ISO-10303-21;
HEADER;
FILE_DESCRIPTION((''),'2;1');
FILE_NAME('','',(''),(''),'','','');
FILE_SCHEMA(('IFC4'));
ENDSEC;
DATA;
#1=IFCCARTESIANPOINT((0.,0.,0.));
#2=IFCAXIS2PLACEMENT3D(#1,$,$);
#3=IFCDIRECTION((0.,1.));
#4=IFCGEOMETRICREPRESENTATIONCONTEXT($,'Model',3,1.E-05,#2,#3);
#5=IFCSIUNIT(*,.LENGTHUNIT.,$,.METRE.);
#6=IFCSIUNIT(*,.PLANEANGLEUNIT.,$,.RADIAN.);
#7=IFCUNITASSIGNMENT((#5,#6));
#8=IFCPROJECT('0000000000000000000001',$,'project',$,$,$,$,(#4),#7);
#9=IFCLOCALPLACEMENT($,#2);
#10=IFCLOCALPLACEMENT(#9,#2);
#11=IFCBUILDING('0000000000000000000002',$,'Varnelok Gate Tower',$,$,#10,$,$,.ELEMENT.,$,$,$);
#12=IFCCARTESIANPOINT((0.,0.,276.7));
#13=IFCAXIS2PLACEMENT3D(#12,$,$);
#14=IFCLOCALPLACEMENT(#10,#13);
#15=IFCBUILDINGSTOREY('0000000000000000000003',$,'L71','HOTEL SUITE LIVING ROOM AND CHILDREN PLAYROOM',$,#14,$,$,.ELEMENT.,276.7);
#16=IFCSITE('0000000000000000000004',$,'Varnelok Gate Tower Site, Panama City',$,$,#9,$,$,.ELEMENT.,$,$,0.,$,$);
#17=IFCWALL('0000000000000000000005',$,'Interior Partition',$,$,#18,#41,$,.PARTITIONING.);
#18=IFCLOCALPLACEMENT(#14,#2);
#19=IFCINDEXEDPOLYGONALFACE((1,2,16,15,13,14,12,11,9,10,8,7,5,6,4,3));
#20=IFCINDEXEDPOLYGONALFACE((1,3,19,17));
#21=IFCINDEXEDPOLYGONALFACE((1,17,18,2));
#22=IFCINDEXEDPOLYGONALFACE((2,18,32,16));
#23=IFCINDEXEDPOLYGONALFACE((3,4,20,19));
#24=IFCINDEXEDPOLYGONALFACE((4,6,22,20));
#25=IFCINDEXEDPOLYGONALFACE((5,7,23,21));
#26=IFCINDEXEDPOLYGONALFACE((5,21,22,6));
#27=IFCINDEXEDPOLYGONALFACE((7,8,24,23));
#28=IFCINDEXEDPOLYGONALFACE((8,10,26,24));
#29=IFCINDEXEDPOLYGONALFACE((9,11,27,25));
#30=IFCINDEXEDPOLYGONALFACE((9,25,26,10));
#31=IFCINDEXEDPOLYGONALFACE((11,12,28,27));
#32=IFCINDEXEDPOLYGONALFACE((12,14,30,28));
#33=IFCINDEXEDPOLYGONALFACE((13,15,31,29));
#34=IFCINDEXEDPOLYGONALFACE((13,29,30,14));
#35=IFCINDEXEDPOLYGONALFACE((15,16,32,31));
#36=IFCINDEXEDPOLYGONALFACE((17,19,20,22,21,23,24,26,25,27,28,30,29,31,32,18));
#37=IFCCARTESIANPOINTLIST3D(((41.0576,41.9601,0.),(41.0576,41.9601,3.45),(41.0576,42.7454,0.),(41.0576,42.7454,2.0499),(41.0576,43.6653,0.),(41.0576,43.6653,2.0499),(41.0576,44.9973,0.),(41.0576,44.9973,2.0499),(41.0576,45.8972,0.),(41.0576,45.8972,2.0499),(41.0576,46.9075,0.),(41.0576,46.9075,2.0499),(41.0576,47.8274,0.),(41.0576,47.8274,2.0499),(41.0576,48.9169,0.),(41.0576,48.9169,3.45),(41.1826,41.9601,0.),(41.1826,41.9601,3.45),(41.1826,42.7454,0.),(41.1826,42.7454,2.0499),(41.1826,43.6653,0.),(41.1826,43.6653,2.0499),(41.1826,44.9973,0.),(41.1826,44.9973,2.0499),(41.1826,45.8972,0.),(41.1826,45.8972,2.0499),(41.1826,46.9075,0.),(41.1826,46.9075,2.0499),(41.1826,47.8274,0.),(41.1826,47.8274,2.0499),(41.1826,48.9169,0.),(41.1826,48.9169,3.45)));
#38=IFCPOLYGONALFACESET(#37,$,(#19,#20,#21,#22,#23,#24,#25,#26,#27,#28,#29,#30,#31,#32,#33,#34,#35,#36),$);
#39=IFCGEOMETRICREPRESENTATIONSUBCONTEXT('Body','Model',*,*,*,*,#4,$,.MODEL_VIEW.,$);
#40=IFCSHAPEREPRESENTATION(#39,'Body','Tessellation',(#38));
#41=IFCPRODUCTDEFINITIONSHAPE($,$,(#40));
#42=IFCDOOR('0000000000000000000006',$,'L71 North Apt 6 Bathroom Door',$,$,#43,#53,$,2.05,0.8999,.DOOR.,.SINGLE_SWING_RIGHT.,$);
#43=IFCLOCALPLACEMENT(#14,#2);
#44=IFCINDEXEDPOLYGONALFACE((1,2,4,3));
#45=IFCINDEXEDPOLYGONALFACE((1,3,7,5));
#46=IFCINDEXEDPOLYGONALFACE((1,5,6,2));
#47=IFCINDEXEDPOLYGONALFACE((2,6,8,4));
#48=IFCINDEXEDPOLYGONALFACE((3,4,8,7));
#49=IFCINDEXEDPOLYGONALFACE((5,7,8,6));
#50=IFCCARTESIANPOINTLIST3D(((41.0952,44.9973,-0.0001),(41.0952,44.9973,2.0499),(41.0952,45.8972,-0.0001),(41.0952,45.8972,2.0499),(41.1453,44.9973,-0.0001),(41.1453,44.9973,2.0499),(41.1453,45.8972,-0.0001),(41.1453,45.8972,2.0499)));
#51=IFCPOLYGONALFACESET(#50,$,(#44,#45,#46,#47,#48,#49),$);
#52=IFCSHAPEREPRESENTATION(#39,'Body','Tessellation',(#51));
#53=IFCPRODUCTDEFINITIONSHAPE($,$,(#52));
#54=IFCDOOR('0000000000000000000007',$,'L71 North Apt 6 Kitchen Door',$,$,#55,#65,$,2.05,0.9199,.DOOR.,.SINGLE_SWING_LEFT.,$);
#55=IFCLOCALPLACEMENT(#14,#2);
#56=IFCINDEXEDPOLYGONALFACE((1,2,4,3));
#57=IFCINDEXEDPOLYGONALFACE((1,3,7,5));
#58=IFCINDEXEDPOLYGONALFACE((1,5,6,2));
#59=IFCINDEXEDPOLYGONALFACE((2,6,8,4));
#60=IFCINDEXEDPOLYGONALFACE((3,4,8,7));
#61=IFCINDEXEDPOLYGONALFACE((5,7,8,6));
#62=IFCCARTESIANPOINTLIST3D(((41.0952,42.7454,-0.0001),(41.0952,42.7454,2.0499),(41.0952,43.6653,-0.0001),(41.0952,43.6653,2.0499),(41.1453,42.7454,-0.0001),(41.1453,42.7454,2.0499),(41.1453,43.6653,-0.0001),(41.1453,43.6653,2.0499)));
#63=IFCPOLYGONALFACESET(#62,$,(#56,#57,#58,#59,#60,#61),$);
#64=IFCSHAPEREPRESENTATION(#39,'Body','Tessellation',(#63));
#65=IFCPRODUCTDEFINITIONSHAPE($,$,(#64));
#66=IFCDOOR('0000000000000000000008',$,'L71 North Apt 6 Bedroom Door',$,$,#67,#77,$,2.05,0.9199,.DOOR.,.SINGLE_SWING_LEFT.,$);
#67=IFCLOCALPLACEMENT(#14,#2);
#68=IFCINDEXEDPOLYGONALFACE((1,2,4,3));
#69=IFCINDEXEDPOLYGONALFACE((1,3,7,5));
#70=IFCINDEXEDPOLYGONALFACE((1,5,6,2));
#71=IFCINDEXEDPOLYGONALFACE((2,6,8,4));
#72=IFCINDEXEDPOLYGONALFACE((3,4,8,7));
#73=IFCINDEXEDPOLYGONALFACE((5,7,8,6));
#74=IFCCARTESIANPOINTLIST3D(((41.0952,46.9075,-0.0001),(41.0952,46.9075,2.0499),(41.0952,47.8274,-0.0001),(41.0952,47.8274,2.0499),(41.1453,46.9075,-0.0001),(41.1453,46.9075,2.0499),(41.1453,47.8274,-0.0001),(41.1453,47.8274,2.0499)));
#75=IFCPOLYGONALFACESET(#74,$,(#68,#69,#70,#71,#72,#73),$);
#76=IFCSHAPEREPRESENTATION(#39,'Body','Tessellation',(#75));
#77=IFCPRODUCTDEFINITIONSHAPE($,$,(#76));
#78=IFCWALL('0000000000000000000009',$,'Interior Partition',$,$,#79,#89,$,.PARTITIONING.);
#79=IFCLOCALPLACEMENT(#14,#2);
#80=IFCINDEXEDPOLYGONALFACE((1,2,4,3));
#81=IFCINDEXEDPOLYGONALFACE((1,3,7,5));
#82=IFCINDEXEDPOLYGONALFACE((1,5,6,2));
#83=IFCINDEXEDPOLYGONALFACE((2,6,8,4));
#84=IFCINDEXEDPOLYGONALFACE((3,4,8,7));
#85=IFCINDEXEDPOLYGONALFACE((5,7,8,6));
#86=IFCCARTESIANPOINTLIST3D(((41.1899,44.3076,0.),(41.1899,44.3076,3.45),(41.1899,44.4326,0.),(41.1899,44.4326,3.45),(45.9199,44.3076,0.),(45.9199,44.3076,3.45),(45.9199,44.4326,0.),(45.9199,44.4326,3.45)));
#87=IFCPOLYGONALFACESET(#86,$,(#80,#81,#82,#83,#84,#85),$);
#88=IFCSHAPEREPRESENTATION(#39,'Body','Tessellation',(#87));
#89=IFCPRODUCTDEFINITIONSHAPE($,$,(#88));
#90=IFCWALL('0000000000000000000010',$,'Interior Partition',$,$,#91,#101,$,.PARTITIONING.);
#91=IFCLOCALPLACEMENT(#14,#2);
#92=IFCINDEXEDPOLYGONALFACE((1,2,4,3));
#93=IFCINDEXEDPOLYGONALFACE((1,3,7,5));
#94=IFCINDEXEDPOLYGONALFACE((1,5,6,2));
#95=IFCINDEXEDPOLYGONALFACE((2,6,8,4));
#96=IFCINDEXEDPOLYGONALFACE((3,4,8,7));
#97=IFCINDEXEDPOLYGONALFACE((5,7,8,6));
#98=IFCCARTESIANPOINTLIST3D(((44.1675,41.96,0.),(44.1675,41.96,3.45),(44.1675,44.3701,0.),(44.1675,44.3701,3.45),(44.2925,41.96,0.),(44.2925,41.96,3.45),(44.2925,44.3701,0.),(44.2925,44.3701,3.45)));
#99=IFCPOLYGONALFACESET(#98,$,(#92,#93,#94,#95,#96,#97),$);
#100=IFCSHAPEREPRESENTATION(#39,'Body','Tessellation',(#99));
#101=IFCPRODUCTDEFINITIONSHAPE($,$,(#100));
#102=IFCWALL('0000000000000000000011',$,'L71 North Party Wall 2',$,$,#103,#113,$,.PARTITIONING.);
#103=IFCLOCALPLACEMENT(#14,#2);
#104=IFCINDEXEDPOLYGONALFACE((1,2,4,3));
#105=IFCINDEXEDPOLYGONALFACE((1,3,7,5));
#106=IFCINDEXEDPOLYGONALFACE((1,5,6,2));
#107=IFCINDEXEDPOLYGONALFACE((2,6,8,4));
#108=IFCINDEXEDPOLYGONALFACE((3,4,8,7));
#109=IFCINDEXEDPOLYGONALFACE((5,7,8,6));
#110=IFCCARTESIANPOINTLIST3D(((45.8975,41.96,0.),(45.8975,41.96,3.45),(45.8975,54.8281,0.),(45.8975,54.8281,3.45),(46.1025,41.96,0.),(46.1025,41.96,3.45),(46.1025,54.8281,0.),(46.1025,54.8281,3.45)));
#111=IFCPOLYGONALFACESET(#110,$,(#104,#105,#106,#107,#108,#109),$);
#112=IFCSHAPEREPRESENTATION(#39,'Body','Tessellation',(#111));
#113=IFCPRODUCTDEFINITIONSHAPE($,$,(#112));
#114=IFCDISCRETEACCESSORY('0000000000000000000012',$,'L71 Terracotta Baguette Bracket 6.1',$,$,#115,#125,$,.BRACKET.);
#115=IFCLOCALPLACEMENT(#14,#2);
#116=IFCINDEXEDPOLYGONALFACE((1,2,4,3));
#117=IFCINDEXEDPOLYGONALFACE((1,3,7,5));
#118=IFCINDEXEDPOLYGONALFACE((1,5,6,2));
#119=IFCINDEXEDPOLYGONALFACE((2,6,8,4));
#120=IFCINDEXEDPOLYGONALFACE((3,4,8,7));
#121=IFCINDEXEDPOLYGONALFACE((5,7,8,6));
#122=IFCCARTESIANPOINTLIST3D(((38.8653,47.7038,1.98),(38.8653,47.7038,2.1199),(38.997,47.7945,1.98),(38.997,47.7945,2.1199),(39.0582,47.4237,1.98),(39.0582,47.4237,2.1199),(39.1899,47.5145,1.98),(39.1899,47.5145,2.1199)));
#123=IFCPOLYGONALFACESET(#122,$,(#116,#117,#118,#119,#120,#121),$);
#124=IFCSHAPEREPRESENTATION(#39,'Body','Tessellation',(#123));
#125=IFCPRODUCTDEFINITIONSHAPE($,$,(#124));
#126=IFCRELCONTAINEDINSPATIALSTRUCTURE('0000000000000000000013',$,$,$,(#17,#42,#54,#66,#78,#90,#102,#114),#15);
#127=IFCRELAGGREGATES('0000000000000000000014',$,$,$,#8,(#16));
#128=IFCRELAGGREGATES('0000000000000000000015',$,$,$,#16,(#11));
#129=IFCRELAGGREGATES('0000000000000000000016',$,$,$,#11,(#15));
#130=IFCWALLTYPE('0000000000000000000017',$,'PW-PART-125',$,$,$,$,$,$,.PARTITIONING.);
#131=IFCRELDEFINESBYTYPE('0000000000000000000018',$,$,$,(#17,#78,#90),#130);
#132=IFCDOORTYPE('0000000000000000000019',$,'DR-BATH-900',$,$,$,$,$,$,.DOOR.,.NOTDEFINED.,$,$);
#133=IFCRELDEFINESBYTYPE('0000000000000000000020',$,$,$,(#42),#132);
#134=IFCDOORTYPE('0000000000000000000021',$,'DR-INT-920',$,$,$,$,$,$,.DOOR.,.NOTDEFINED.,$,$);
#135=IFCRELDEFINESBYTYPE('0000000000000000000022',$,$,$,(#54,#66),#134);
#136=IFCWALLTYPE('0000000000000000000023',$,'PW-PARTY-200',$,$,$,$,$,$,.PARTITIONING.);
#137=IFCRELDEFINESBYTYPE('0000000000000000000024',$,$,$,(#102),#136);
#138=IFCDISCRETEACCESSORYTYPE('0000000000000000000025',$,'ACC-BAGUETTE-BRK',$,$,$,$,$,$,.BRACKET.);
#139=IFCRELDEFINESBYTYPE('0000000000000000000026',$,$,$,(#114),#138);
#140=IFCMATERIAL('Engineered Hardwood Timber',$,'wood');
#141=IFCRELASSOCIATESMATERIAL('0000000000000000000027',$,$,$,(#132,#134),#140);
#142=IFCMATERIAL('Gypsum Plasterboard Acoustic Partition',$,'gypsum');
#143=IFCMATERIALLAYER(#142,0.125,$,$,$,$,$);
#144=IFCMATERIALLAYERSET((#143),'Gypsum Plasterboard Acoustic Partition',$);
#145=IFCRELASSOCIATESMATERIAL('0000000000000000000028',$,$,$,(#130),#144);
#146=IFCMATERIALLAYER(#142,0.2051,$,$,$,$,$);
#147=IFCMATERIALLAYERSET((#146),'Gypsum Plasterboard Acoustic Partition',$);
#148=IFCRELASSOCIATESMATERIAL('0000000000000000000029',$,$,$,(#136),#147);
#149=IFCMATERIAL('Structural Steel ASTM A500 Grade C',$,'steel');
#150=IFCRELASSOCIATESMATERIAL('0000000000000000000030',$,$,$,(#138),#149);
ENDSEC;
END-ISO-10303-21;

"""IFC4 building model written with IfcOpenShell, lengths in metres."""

from ifc_helpers import new_model, si_unit, direction, frame, frame_2d, origin, origin_2d, place, context, subcontext, project, spatial, rectangle, extrude, source, transform, mapped, material, layer, layer_set, type_object, element, fill, save


model = new_model("IFC4")

# Units and contexts
model_context = context("Model", 3, precision=1e-05, world=origin(), true_north=direction((0.0, 1.0)))
body_context = subcontext(model_context, "Body", "Model", "MODEL_VIEW")
ifc_project = project(units=[si_unit("LENGTHUNIT", "METRE"), si_unit("PLANEANGLEUNIT", "RADIAN")], contexts=[model_context])

# Site, building, storey
site_placement = place(None, origin())
site = spatial("IfcSite", under=ifc_project, at=site_placement, Name="Varnelok Gate Tower Site, Panama City", CompositionType="ELEMENT", RefElevation=0.0)
building_placement = place(site_placement, origin())
building = spatial("IfcBuilding", under=site, at=building_placement, Name="Varnelok Gate Tower", CompositionType="ELEMENT")
storey_placement = place(building_placement, frame((0.0, 0.0, 276.7)))
storey = spatial("IfcBuildingStorey", under=building, at=storey_placement, Name="L71", Description="HOTEL SUITE LIVING ROOM AND CHILDREN PLAYROOM", CompositionType="ELEMENT", Elevation=276.7)

# Shared definitions
ifc_material_1 = material(Name="Gypsum Plasterboard Acoustic Partition", Category="gypsum")
ifc_material_2 = material(Name="Engineered Hardwood Timber", Category="wood")

# Shared definitions
door_type_1 = type_object("IfcDoorType", Name="DR-BATH-900", OperationType="NOTDEFINED", PredefinedType="DOOR", material=ifc_material_2)

# Wall, openings, doors
ifc_layer_1 = layer(ifc_material_1, 0.125)
ifc_layer_set_1 = layer_set([ifc_layer_1], Name="Gypsum Plasterboard Acoustic Partition")
wall_type_1 = type_object("IfcWallType", Name="PW-PART-125", PredefinedType="PARTITIONING", material=ifc_layer_set_1)
wall_1_placement = place(storey_placement, frame((41.1201, 41.96, 0.0), z_axis=(0.0, 0.0, 1.0), x_axis=(0.0, 1.0, 0.0)))
wall_1 = element("IfcWall", 1, at=wall_1_placement, inside=storey, type_object=wall_type_1, Name="Interior Partition", PredefinedType="PARTITIONING", context=body_context, shape_type="SweptSolid", body=[
    extrude(rectangle(XDim=6.9568, YDim=0.125, at=frame_2d((3.4785, 0.0))), origin(), (0.0, 0.0, 1.0), 3.45),
])
opening_1_placement = place(wall_1_placement, frame((0.7854, 0.0, 0.0)))
opening_1 = element("IfcOpeningElement", 2, at=opening_1_placement, cuts=wall_1, PredefinedType="OPENING", context=body_context, shape_type="SweptSolid", body=[
    extrude(rectangle(XDim=0.9199, YDim=2.05, at=frame_2d((0.46, 1.0249))), frame((0.0, 0.0725, 0.0), z_axis=(0.0, -1.0, 0.0), x_axis=(1.0, 0.0, 0.0)), (0.0, 0.0, 1.0), 0.145),
])
opening_2_placement = place(wall_1_placement, frame((3.0374, 0.0, 0.0)))
opening_2 = element("IfcOpeningElement", 3, at=opening_2_placement, cuts=wall_1, PredefinedType="OPENING", context=body_context, shape_type="SweptSolid", body=[
    extrude(rectangle(XDim=0.8999, YDim=2.05, at=frame_2d((0.45, 1.0249))), frame((0.0, 0.0725, 0.0), z_axis=(0.0, -1.0, 0.0), x_axis=(1.0, 0.0, 0.0)), (0.0, 0.0, 1.0), 0.145),
])
opening_3_placement = place(wall_1_placement, frame((4.9475, 0.0, 0.0)))
opening_3 = element("IfcOpeningElement", 4, at=opening_3_placement, cuts=wall_1, PredefinedType="OPENING", context=body_context, shape_type="SweptSolid", body=[
    extrude(rectangle(XDim=0.9199, YDim=2.05, at=frame_2d((0.46, 1.0249))), frame((0.0, 0.0725, 0.0), z_axis=(0.0, -1.0, 0.0), x_axis=(1.0, 0.0, 0.0)), (0.0, 0.0, 1.0), 0.145),
])
door_1_placement = place(opening_2_placement, origin())
door_1 = element("IfcDoor", 5, at=door_1_placement, inside=storey, type_object=door_type_1, Name="L71 North Apt 6 Bathroom Door", OperationType="SINGLE_SWING_RIGHT", OverallHeight=2.05, OverallWidth=0.8999, PredefinedType="DOOR", context=body_context, shape_type="SweptSolid", body=[
    extrude(rectangle(XDim=0.8999, YDim=2.05, at=frame_2d((0.45, 1.0249))), frame((0.0, 0.0249, 0.0), z_axis=(0.0, -1.0, 0.0), x_axis=(1.0, 0.0, 0.0)), (0.0, 0.0, 1.0), 0.05),
])
fill(opening_2, door_1)
door_type_2 = type_object("IfcDoorType", Name="DR-INT-920", OperationType="NOTDEFINED", PredefinedType="DOOR", material=ifc_material_2)
door_2_placement = place(opening_1_placement, origin())
door_2 = element("IfcDoor", 6, at=door_2_placement, inside=storey, type_object=door_type_2, Name="L71 North Apt 6 Kitchen Door", OperationType="SINGLE_SWING_LEFT", OverallHeight=2.05, OverallWidth=0.9199, PredefinedType="DOOR", context=body_context, shape_type="SweptSolid", body=[
    extrude(rectangle(XDim=0.9199, YDim=2.05, at=frame_2d((0.46, 1.0249))), frame((0.0, 0.0249, 0.0), z_axis=(0.0, -1.0, 0.0), x_axis=(1.0, 0.0, 0.0)), (0.0, 0.0, 1.0), 0.05),
])
fill(opening_1, door_2)
door_3_placement = place(opening_3_placement, origin())
door_3 = element("IfcDoor", 7, at=door_3_placement, inside=storey, type_object=door_type_2, Name="L71 North Apt 6 Bedroom Door", OperationType="SINGLE_SWING_LEFT", OverallHeight=2.05, OverallWidth=0.9199, PredefinedType="DOOR", context=body_context, shape_type="SweptSolid", body=[
    extrude(rectangle(XDim=0.9199, YDim=2.05, at=frame_2d((0.46, 1.0249))), frame((0.0, 0.0249, 0.0), z_axis=(0.0, -1.0, 0.0), x_axis=(1.0, 0.0, 0.0)), (0.0, 0.0, 1.0), 0.05),
])
fill(opening_3, door_3)

# Walls
wall_2_placement = place(storey_placement, frame((41.1899, 44.3701, 0.0), z_axis=(0.0, 0.0, 1.0), x_axis=(1.0, 0.0, 0.0)))
element("IfcWall", 8, at=wall_2_placement, inside=storey, type_object=wall_type_1, Name="Interior Partition", PredefinedType="PARTITIONING", context=body_context, shape_type="SweptSolid", body=[
    extrude(rectangle(XDim=4.73, YDim=0.125, at=frame_2d((2.365, 0.0))), origin(), (0.0, 0.0, 1.0), 3.45),
])
wall_3_placement = place(storey_placement, frame((44.23, 41.96, 0.0), z_axis=(0.0, 0.0, 1.0), x_axis=(0.0, 1.0, 0.0)))
element("IfcWall", 9, at=wall_3_placement, inside=storey, type_object=wall_type_1, Name="Interior Partition", PredefinedType="PARTITIONING", context=body_context, shape_type="SweptSolid", body=[
    extrude(rectangle(XDim=2.4102, YDim=0.125, at=frame_2d((1.2051, 0.0))), origin(), (0.0, 0.0, 1.0), 3.45),
])
ifc_layer_2 = layer(ifc_material_1, 0.2051)
ifc_layer_set_2 = layer_set([ifc_layer_2], Name="Gypsum Plasterboard Acoustic Partition")
wall_type_2 = type_object("IfcWallType", Name="PW-PARTY-200", PredefinedType="PARTITIONING", material=ifc_layer_set_2)
wall_4_placement = place(storey_placement, frame((46.0, 41.96, 0.0), z_axis=(0.0, 0.0, 1.0), x_axis=(0.0, 1.0, 0.0)))
element("IfcWall", 10, at=wall_4_placement, inside=storey, type_object=wall_type_2, Name="L71 North Party Wall 2", PredefinedType="PARTITIONING", context=body_context, shape_type="SweptSolid", body=[
    extrude(rectangle(XDim=12.8682, YDim=0.2051, at=frame_2d((6.4341, 0.0))), origin(), (0.0, 0.0, 1.0), 3.45),
])

# Discrete accessory
ifc_material_3 = material(Name="Structural Steel ASTM A500 Grade C", Category="steel")
discrete_accessory_type = type_object("IfcDiscreteAccessoryType", Name="ACC-BAGUETTE-BRK", PredefinedType="BRACKET", material=ifc_material_3)
shared_shape = source(origin(), body_context, "Body", "SweptSolid", [
    extrude(rectangle(XDim=0.1599, YDim=0.3401, at=origin_2d()), origin(), (0.0, 0.0, 1.0), 0.1399),
])
discrete_accessory_placement = place(storey_placement, frame((39.0276, 47.6091, 1.98), z_axis=(0.0, 0.0, 1.0), x_axis=(0.823533, 0.567269, 0.0)))
element("IfcDiscreteAccessory", 11, at=discrete_accessory_placement, inside=storey, type_object=discrete_accessory_type, Name="L71 Terracotta Baguette Bracket 6.1", PredefinedType="BRACKET", context=body_context, shape_type="MappedRepresentation", body=[
    mapped(shared_shape, transform((0.0, 0.0, 0.0), scale=1.0)),
])

save(model, "model.ifc")
